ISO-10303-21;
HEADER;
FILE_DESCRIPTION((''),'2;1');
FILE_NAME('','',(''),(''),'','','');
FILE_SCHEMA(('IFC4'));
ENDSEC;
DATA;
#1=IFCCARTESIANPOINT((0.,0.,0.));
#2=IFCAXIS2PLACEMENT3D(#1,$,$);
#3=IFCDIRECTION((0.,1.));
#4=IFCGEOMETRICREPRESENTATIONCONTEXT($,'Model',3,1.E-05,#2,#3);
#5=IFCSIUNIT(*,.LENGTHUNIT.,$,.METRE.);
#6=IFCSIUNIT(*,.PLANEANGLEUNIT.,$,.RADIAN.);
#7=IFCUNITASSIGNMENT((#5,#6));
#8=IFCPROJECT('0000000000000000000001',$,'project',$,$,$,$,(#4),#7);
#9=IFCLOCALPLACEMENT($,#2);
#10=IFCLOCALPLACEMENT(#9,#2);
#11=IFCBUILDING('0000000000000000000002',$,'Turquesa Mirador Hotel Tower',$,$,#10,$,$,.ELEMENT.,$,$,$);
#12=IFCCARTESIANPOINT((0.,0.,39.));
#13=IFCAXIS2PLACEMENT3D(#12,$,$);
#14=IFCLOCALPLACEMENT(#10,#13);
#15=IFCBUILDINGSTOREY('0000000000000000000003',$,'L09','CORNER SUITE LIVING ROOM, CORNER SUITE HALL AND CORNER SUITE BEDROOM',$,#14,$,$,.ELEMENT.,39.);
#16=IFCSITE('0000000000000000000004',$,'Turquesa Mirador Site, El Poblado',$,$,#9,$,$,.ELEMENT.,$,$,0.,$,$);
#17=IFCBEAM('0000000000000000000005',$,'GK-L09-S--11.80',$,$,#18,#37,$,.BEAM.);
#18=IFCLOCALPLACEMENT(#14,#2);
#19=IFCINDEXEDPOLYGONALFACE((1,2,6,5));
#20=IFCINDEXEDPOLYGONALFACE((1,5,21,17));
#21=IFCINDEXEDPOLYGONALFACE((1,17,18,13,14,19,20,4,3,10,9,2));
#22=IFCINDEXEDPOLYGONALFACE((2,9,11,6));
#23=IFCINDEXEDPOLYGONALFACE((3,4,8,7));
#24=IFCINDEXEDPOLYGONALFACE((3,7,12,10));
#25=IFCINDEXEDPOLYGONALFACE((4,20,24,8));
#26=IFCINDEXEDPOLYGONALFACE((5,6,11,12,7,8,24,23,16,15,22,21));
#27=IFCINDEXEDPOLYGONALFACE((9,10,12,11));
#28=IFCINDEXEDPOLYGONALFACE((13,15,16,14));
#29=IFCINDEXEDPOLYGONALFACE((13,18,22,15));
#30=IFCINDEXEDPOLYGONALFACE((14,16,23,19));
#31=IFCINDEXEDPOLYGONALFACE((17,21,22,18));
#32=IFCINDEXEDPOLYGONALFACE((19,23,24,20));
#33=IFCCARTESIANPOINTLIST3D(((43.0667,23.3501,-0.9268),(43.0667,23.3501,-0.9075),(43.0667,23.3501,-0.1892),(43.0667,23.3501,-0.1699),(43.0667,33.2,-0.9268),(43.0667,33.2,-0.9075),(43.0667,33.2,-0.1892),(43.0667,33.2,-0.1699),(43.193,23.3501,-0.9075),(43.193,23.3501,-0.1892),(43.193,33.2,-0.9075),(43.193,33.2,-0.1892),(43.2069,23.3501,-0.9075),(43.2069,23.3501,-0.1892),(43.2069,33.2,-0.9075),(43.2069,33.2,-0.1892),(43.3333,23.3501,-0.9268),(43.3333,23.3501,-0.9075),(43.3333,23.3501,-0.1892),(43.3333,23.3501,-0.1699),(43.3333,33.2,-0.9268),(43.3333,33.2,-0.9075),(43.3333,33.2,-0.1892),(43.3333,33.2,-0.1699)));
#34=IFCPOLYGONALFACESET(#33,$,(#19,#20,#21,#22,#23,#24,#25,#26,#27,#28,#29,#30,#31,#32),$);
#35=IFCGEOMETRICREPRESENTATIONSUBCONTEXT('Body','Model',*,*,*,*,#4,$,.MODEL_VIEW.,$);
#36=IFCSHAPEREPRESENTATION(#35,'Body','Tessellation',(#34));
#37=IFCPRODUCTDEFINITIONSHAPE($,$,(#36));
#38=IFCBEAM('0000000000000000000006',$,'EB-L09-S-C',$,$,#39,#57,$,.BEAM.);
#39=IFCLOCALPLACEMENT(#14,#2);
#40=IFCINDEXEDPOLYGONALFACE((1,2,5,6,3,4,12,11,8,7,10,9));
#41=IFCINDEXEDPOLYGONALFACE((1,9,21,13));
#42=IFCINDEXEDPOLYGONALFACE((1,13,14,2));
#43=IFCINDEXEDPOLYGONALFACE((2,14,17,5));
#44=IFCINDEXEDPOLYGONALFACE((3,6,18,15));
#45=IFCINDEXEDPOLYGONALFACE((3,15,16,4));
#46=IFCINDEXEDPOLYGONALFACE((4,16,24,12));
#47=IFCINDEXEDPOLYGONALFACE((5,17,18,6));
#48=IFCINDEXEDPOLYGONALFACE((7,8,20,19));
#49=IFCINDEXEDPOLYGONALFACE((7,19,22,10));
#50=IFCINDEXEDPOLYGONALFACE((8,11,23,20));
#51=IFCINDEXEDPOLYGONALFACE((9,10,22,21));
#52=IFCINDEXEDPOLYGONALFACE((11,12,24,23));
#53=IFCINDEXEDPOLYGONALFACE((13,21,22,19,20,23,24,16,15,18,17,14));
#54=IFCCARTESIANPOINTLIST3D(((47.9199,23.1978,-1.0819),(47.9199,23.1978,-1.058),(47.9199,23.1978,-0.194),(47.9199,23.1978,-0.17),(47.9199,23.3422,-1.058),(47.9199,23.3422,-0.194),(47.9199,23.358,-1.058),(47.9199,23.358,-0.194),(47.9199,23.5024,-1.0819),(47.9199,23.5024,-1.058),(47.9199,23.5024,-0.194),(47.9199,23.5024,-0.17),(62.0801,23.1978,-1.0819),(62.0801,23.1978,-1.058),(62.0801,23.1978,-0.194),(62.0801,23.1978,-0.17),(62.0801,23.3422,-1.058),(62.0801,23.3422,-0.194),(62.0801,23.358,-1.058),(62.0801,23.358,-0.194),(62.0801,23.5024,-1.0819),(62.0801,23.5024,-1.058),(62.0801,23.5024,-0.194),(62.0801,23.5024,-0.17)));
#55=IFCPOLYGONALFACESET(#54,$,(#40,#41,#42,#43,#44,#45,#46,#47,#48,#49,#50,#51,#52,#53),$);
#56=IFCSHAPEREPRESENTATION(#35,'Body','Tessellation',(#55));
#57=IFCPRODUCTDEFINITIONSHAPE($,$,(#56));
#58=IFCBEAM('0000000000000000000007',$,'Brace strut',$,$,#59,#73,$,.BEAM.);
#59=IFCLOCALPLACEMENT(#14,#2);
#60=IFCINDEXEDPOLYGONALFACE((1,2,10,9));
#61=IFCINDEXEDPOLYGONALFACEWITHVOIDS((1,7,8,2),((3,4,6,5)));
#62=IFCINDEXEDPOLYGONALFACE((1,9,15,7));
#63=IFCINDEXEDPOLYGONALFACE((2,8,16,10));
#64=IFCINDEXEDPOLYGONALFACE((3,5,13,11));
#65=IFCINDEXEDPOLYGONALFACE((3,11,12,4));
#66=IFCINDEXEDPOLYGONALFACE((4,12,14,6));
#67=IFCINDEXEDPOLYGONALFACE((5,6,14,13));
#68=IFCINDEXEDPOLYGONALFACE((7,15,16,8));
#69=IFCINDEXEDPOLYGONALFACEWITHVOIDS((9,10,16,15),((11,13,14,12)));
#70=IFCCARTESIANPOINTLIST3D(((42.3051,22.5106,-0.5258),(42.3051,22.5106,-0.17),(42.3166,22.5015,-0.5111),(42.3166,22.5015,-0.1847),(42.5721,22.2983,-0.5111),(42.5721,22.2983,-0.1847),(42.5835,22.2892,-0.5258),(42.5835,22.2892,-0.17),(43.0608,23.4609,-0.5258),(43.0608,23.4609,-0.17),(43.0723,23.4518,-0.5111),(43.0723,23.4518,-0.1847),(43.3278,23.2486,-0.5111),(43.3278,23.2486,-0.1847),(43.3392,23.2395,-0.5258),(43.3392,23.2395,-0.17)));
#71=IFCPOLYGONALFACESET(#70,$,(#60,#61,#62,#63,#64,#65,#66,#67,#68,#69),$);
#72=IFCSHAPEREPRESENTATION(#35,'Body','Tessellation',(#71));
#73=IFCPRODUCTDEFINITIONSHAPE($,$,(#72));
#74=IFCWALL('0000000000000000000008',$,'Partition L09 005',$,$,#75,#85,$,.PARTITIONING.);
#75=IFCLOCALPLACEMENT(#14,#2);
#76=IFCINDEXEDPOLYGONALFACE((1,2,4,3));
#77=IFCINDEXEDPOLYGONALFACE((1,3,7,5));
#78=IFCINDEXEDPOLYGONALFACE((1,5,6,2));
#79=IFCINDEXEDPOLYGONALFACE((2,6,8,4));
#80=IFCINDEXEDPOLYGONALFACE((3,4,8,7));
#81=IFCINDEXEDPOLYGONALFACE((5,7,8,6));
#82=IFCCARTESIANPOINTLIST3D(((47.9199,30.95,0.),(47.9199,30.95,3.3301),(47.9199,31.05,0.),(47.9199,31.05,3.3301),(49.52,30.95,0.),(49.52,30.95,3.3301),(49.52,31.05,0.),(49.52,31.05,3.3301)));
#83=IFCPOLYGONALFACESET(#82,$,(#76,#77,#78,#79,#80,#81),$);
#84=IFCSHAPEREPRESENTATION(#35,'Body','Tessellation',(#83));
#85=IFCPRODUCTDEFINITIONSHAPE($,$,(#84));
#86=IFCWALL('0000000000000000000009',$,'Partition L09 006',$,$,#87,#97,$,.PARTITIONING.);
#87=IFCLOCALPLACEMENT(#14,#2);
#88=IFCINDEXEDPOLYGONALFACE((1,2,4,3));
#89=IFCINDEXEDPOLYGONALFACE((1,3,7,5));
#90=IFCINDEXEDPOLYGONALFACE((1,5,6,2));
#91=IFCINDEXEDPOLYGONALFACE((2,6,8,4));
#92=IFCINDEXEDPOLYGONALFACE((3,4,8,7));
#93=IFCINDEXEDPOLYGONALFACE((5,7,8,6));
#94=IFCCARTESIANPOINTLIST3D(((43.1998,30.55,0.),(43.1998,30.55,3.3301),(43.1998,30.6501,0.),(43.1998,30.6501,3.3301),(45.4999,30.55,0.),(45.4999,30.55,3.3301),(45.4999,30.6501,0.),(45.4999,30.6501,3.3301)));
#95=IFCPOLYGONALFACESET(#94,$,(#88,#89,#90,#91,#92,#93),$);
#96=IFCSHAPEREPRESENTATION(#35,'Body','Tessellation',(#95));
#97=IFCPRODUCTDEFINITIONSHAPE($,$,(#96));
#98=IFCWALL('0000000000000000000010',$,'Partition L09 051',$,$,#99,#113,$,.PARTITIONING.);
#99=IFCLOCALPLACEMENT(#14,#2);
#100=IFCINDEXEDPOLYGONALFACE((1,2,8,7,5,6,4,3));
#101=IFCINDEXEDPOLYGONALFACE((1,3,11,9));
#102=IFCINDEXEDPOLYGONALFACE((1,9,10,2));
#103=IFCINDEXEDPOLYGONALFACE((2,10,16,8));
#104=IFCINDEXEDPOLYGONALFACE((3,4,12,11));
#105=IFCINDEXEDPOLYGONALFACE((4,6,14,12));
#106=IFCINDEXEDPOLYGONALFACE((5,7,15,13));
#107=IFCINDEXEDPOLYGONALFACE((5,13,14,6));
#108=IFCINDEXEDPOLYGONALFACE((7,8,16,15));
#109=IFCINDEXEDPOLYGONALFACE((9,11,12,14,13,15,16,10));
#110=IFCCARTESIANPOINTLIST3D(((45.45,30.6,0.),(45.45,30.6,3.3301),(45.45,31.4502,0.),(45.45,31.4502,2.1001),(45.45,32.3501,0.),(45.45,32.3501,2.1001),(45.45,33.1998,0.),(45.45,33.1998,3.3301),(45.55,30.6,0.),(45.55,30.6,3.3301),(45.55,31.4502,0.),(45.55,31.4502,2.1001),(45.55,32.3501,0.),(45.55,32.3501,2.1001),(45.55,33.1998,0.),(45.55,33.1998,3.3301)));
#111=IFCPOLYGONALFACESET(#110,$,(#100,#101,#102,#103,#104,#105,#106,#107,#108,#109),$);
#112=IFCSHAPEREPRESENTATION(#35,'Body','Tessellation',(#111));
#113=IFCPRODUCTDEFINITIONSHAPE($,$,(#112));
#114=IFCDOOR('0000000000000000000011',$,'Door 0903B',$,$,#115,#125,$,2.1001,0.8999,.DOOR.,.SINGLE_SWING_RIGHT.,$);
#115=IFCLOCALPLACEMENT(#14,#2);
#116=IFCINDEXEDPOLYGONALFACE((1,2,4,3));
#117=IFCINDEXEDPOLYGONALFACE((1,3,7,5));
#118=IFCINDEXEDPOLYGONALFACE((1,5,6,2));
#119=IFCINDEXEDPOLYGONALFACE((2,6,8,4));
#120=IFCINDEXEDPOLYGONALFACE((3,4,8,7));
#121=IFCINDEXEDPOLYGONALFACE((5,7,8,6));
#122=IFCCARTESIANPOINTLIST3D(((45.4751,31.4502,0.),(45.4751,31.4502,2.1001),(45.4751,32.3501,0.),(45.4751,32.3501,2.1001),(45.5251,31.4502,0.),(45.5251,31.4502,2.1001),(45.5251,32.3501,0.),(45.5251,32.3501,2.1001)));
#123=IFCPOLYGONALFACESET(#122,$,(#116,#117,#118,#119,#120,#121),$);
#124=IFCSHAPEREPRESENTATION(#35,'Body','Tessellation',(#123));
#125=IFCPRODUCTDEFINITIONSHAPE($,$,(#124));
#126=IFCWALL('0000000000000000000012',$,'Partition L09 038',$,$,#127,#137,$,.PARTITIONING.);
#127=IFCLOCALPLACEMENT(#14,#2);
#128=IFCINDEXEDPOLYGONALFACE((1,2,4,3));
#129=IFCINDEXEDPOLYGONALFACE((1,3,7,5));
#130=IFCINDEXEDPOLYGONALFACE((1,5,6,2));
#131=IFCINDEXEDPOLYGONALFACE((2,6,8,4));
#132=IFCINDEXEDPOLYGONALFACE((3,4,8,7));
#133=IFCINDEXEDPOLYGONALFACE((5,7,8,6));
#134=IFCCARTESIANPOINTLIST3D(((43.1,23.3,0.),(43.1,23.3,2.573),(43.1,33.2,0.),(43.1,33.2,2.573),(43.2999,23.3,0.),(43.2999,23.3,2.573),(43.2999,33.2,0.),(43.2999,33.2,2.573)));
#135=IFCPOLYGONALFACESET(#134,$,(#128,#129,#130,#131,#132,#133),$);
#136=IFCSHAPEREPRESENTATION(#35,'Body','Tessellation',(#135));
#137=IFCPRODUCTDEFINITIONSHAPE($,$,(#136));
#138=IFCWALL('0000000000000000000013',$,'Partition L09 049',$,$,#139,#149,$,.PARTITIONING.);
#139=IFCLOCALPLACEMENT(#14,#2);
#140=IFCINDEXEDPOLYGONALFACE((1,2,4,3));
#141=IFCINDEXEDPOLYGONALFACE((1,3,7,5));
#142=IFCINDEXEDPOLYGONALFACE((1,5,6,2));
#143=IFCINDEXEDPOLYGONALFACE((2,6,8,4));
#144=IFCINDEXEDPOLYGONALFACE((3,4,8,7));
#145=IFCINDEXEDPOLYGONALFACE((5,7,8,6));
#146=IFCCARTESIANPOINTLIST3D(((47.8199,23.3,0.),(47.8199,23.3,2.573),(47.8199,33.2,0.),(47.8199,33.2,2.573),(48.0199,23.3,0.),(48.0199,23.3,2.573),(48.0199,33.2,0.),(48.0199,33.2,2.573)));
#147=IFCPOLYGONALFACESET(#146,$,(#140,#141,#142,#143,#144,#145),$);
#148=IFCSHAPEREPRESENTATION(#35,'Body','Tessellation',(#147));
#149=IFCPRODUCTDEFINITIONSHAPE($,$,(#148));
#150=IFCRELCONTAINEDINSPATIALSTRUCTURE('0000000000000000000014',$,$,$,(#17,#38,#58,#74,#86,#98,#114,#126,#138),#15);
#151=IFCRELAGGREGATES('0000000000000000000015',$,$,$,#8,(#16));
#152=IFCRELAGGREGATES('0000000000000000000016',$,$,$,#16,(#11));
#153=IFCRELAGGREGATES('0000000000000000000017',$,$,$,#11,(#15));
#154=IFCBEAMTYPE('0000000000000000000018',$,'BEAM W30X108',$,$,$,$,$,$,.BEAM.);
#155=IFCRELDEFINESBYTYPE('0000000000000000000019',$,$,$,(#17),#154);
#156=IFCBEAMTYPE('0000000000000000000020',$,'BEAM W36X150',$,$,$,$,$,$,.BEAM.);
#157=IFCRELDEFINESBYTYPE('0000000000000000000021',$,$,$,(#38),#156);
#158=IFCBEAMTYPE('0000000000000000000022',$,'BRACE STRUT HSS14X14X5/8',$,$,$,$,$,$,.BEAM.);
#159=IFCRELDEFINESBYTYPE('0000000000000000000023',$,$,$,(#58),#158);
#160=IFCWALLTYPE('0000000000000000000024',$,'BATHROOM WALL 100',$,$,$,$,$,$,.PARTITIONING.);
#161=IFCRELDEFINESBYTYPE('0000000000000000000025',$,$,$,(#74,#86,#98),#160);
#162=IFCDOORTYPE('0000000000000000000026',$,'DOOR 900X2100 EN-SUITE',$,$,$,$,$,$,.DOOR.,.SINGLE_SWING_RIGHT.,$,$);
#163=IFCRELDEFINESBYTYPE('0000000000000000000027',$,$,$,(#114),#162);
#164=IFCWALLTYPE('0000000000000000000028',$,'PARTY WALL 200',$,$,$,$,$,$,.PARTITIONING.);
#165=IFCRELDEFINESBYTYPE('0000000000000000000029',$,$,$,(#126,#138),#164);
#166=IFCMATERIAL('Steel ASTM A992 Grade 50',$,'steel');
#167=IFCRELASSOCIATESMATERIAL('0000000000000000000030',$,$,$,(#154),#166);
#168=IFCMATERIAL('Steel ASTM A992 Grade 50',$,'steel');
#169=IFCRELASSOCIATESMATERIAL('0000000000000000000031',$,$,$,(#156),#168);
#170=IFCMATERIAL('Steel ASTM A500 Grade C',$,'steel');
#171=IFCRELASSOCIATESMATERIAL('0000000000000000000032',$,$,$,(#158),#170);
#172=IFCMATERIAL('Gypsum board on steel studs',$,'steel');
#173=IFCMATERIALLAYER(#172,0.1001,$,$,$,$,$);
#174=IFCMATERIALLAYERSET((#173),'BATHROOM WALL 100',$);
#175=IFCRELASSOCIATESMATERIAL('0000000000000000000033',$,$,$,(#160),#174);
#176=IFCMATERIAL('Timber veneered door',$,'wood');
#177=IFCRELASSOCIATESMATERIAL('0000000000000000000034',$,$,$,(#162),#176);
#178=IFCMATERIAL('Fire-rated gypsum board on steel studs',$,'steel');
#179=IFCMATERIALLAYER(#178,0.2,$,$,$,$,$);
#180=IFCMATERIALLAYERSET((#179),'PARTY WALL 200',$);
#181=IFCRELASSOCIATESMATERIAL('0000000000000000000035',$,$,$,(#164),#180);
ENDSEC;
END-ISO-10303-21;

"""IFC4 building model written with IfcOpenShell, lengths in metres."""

from ifc_helpers import new_model, si_unit, direction, frame, frame_2d, origin, origin_2d, place, context, subcontext, project, spatial, rectangle, hollow_rectangle, i_section, extrude, material, layer, layer_set, material_profile, profile_set, type_object, element, fill, save


model = new_model("IFC4")

# Units and contexts
model_context = context("Model", 3, precision=1e-05, world=origin(), true_north=direction((0.0, 1.0)))
body_context = subcontext(model_context, "Body", "Model", "MODEL_VIEW")
ifc_project = project(units=[si_unit("LENGTHUNIT", "METRE"), si_unit("PLANEANGLEUNIT", "RADIAN")], contexts=[model_context])

# Site, building, storey
site_placement = place(None, origin())
site = spatial("IfcSite", under=ifc_project, at=site_placement, Name="Turquesa Mirador Site, El Poblado", CompositionType="ELEMENT", RefElevation=0.0)
building_placement = place(site_placement, origin())
building = spatial("IfcBuilding", under=site, at=building_placement, Name="Turquesa Mirador Hotel Tower", CompositionType="ELEMENT")
storey_placement = place(building_placement, frame((0.0, 0.0, 39.0)))
storey = spatial("IfcBuildingStorey", under=building, at=storey_placement, Name="L09", Description="CORNER SUITE LIVING ROOM, CORNER SUITE HALL AND CORNER SUITE BEDROOM", CompositionType="ELEMENT", Elevation=39.0)

# Beams
ifc_material_1 = material(Name="Steel ASTM A992 Grade 50", Category="steel")
ifc_material_profile_1 = material_profile(ifc_material_1, i_section(OverallWidth=0.2666, OverallDepth=0.7568, WebThickness=0.0139, FlangeThickness=0.0193, at=origin_2d()), Name="W30X108")
ifc_profile_set_1 = profile_set([ifc_material_profile_1], Name="Steel ASTM A992 Grade 50")
beam_type_1 = type_object("IfcBeamType", Name="BEAM W30X108", PredefinedType="BEAM", material=ifc_profile_set_1)
beam_1_placement = place(storey_placement, frame((43.2, 23.3501, -0.5483), z_axis=(0.0, 1.0, 0.0), x_axis=(-1.0, 0.0, 0.0)))
element("IfcBeam", 1, at=beam_1_placement, inside=storey, type_object=beam_type_1, Name="GK-L09-S--11.80", PredefinedType="BEAM", context=body_context, shape_type="SweptSolid", body=[
    extrude(i_section(OverallWidth=0.2666, OverallDepth=0.7568, WebThickness=0.0139, FlangeThickness=0.0193, at=origin_2d()), origin(), (0.0, 0.0, 1.0), 9.8499),
])
ifc_material_2 = material(Name="Steel ASTM A992 Grade 50", Category="steel")
ifc_material_profile_2 = material_profile(ifc_material_2, i_section(OverallWidth=0.3047, OverallDepth=0.9119, WebThickness=0.0159, FlangeThickness=0.0239, at=origin_2d()), Name="W36X150")
ifc_profile_set_2 = profile_set([ifc_material_profile_2], Name="Steel ASTM A992 Grade 50")
beam_type_2 = type_object("IfcBeamType", Name="BEAM W36X150", PredefinedType="BEAM", material=ifc_profile_set_2)
beam_2_placement = place(storey_placement, frame((47.9199, 23.3501, -0.626), z_axis=(1.0, 0.0, 0.0), x_axis=(0.0, 1.0, 0.0)))
element("IfcBeam", 2, at=beam_2_placement, inside=storey, type_object=beam_type_2, Name="EB-L09-S-C", PredefinedType="BEAM", context=body_context, shape_type="SweptSolid", body=[
    extrude(i_section(OverallWidth=0.3047, OverallDepth=0.9119, WebThickness=0.0159, FlangeThickness=0.0239, at=origin_2d()), origin(), (0.0, 0.0, 1.0), 14.1602),
])
ifc_material_3 = material(Name="Steel ASTM A500 Grade C", Category="steel")
ifc_material_profile_3 = material_profile(ifc_material_3, hollow_rectangle(XDim=0.3557, YDim=0.3557, WallThickness=0.0146, at=origin_2d()), Name="HSS14X14X5/8")
ifc_profile_set_3 = profile_set([ifc_material_profile_3], Name="Steel ASTM A500 Grade C")
beam_type_3 = type_object("IfcBeamType", Name="BRACE STRUT HSS14X14X5/8", PredefinedType="BEAM", material=ifc_profile_set_3)
beam_3_placement = place(storey_placement, frame((42.4443, 22.3999, -0.3479), z_axis=(0.622412, 0.78269, 0.0), x_axis=(-0.78269, 0.622412, 0.0)))
element("IfcBeam", 3, at=beam_3_placement, inside=storey, type_object=beam_type_3, Name="Brace strut", PredefinedType="BEAM", context=body_context, shape_type="SweptSolid", body=[
    extrude(hollow_rectangle(XDim=0.3557, YDim=0.3557, WallThickness=0.0146, at=origin_2d()), origin(), (0.0, 0.0, 1.0), 1.2141),
])

# Walls
ifc_material_4 = material(Name="Gypsum board on steel studs", Category="steel")
ifc_layer_1 = layer(ifc_material_4, 0.1001)
ifc_layer_set_1 = layer_set([ifc_layer_1], Name="BATHROOM WALL 100")
wall_type_1 = type_object("IfcWallType", Name="BATHROOM WALL 100", PredefinedType="PARTITIONING", material=ifc_layer_set_1)
wall_1_placement = place(storey_placement, frame((47.9199, 31.0, 0.0), z_axis=(0.0, 0.0, 1.0), x_axis=(1.0, 0.0, 0.0)))
element("IfcWall", 4, at=wall_1_placement, inside=storey, type_object=wall_type_1, Name="Partition L09 005", PredefinedType="PARTITIONING", context=body_context, shape_type="SweptSolid", body=[
    extrude(rectangle(XDim=1.6001, YDim=0.1001, at=frame_2d((0.8, 0.0))), origin(), (0.0, 0.0, 1.0), 3.3301),
])
wall_2_placement = place(storey_placement, frame((43.2, 30.6001, 0.0), z_axis=(0.0, 0.0, 1.0), x_axis=(1.0, 0.0, 0.0)))
element("IfcWall", 5, at=wall_2_placement, inside=storey, type_object=wall_type_1, Name="Partition L09 006", PredefinedType="PARTITIONING", context=body_context, shape_type="SweptSolid", body=[
    extrude(rectangle(XDim=2.3, YDim=0.1001, at=frame_2d((1.1499, 0.0))), origin(), (0.0, 0.0, 1.0), 3.3301),
])

# Wall, opening, door
wall_3_placement = place(storey_placement, frame((45.5, 30.6001, 0.0), z_axis=(0.0, 0.0, 1.0), x_axis=(0.0, 1.0, 0.0)))
wall_3 = element("IfcWall", 6, at=wall_3_placement, inside=storey, type_object=wall_type_1, Name="Partition L09 051", PredefinedType="PARTITIONING", context=body_context, shape_type="SweptSolid", body=[
    extrude(rectangle(XDim=2.5999, YDim=0.1001, at=frame_2d((1.2998, 0.0))), origin(), (0.0, 0.0, 1.0), 3.3301),
])
opening_placement = place(wall_3_placement, frame((0.8501, 0.0, 0.0)))
opening = element("IfcOpeningElement", 7, at=opening_placement, cuts=wall_3, PredefinedType="OPENING", context=body_context, shape_type="SweptSolid", body=[
    extrude(rectangle(XDim=0.8999, YDim=2.1001, at=frame_2d((0.45, 1.05))), frame((0.0, 0.0601, 0.0), z_axis=(0.0, -1.0, 0.0), x_axis=(1.0, 0.0, 0.0)), (0.0, 0.0, 1.0), 0.1201),
])
ifc_material_5 = material(Name="Timber veneered door", Category="wood")
door_type = type_object("IfcDoorType", Name="DOOR 900X2100 EN-SUITE", OperationType="SINGLE_SWING_RIGHT", PredefinedType="DOOR", material=ifc_material_5)
door_placement = place(opening_placement, origin())
door = element("IfcDoor", 8, at=door_placement, inside=storey, type_object=door_type, Name="Door 0903B", OperationType="SINGLE_SWING_RIGHT", OverallHeight=2.1001, OverallWidth=0.8999, PredefinedType="DOOR", context=body_context, shape_type="SweptSolid", body=[
    extrude(rectangle(XDim=0.8999, YDim=2.1001, at=frame_2d((0.45, 1.05))), frame((0.0, 0.0249, 0.0), z_axis=(0.0, -1.0, 0.0), x_axis=(1.0, 0.0, 0.0)), (0.0, 0.0, 1.0), 0.05),
])
fill(opening, door)

# Walls
ifc_material_6 = material(Name="Fire-rated gypsum board on steel studs", Category="steel")
ifc_layer_2 = layer(ifc_material_6, 0.2)
ifc_layer_set_2 = layer_set([ifc_layer_2], Name="PARTY WALL 200")
wall_type_2 = type_object("IfcWallType", Name="PARTY WALL 200", PredefinedType="PARTITIONING", material=ifc_layer_set_2)
for number, where, z_axis, x_axis, name in (
    (9, (43.2, 23.3, 0.0), (0.0, 0.0, 1.0), (0.0, 1.0, 0.0), "Partition L09 038"),
    (10, (47.9199, 23.3, 0.0), (0.0, 0.0, 1.0), (0.0, 1.0, 0.0), "Partition L09 049"),
):
    element("IfcWall", number, at=place(storey_placement, frame(where, z_axis=z_axis, x_axis=x_axis)), inside=storey, type_object=wall_type_2, Name=name, PredefinedType="PARTITIONING", context=body_context, shape_type="SweptSolid", body=[
        extrude(rectangle(XDim=9.8999, YDim=0.2, at=frame_2d((4.95, 0.0))), origin(), (0.0, 0.0, 1.0), 2.573),
    ])

save(model, "model.ifc")
